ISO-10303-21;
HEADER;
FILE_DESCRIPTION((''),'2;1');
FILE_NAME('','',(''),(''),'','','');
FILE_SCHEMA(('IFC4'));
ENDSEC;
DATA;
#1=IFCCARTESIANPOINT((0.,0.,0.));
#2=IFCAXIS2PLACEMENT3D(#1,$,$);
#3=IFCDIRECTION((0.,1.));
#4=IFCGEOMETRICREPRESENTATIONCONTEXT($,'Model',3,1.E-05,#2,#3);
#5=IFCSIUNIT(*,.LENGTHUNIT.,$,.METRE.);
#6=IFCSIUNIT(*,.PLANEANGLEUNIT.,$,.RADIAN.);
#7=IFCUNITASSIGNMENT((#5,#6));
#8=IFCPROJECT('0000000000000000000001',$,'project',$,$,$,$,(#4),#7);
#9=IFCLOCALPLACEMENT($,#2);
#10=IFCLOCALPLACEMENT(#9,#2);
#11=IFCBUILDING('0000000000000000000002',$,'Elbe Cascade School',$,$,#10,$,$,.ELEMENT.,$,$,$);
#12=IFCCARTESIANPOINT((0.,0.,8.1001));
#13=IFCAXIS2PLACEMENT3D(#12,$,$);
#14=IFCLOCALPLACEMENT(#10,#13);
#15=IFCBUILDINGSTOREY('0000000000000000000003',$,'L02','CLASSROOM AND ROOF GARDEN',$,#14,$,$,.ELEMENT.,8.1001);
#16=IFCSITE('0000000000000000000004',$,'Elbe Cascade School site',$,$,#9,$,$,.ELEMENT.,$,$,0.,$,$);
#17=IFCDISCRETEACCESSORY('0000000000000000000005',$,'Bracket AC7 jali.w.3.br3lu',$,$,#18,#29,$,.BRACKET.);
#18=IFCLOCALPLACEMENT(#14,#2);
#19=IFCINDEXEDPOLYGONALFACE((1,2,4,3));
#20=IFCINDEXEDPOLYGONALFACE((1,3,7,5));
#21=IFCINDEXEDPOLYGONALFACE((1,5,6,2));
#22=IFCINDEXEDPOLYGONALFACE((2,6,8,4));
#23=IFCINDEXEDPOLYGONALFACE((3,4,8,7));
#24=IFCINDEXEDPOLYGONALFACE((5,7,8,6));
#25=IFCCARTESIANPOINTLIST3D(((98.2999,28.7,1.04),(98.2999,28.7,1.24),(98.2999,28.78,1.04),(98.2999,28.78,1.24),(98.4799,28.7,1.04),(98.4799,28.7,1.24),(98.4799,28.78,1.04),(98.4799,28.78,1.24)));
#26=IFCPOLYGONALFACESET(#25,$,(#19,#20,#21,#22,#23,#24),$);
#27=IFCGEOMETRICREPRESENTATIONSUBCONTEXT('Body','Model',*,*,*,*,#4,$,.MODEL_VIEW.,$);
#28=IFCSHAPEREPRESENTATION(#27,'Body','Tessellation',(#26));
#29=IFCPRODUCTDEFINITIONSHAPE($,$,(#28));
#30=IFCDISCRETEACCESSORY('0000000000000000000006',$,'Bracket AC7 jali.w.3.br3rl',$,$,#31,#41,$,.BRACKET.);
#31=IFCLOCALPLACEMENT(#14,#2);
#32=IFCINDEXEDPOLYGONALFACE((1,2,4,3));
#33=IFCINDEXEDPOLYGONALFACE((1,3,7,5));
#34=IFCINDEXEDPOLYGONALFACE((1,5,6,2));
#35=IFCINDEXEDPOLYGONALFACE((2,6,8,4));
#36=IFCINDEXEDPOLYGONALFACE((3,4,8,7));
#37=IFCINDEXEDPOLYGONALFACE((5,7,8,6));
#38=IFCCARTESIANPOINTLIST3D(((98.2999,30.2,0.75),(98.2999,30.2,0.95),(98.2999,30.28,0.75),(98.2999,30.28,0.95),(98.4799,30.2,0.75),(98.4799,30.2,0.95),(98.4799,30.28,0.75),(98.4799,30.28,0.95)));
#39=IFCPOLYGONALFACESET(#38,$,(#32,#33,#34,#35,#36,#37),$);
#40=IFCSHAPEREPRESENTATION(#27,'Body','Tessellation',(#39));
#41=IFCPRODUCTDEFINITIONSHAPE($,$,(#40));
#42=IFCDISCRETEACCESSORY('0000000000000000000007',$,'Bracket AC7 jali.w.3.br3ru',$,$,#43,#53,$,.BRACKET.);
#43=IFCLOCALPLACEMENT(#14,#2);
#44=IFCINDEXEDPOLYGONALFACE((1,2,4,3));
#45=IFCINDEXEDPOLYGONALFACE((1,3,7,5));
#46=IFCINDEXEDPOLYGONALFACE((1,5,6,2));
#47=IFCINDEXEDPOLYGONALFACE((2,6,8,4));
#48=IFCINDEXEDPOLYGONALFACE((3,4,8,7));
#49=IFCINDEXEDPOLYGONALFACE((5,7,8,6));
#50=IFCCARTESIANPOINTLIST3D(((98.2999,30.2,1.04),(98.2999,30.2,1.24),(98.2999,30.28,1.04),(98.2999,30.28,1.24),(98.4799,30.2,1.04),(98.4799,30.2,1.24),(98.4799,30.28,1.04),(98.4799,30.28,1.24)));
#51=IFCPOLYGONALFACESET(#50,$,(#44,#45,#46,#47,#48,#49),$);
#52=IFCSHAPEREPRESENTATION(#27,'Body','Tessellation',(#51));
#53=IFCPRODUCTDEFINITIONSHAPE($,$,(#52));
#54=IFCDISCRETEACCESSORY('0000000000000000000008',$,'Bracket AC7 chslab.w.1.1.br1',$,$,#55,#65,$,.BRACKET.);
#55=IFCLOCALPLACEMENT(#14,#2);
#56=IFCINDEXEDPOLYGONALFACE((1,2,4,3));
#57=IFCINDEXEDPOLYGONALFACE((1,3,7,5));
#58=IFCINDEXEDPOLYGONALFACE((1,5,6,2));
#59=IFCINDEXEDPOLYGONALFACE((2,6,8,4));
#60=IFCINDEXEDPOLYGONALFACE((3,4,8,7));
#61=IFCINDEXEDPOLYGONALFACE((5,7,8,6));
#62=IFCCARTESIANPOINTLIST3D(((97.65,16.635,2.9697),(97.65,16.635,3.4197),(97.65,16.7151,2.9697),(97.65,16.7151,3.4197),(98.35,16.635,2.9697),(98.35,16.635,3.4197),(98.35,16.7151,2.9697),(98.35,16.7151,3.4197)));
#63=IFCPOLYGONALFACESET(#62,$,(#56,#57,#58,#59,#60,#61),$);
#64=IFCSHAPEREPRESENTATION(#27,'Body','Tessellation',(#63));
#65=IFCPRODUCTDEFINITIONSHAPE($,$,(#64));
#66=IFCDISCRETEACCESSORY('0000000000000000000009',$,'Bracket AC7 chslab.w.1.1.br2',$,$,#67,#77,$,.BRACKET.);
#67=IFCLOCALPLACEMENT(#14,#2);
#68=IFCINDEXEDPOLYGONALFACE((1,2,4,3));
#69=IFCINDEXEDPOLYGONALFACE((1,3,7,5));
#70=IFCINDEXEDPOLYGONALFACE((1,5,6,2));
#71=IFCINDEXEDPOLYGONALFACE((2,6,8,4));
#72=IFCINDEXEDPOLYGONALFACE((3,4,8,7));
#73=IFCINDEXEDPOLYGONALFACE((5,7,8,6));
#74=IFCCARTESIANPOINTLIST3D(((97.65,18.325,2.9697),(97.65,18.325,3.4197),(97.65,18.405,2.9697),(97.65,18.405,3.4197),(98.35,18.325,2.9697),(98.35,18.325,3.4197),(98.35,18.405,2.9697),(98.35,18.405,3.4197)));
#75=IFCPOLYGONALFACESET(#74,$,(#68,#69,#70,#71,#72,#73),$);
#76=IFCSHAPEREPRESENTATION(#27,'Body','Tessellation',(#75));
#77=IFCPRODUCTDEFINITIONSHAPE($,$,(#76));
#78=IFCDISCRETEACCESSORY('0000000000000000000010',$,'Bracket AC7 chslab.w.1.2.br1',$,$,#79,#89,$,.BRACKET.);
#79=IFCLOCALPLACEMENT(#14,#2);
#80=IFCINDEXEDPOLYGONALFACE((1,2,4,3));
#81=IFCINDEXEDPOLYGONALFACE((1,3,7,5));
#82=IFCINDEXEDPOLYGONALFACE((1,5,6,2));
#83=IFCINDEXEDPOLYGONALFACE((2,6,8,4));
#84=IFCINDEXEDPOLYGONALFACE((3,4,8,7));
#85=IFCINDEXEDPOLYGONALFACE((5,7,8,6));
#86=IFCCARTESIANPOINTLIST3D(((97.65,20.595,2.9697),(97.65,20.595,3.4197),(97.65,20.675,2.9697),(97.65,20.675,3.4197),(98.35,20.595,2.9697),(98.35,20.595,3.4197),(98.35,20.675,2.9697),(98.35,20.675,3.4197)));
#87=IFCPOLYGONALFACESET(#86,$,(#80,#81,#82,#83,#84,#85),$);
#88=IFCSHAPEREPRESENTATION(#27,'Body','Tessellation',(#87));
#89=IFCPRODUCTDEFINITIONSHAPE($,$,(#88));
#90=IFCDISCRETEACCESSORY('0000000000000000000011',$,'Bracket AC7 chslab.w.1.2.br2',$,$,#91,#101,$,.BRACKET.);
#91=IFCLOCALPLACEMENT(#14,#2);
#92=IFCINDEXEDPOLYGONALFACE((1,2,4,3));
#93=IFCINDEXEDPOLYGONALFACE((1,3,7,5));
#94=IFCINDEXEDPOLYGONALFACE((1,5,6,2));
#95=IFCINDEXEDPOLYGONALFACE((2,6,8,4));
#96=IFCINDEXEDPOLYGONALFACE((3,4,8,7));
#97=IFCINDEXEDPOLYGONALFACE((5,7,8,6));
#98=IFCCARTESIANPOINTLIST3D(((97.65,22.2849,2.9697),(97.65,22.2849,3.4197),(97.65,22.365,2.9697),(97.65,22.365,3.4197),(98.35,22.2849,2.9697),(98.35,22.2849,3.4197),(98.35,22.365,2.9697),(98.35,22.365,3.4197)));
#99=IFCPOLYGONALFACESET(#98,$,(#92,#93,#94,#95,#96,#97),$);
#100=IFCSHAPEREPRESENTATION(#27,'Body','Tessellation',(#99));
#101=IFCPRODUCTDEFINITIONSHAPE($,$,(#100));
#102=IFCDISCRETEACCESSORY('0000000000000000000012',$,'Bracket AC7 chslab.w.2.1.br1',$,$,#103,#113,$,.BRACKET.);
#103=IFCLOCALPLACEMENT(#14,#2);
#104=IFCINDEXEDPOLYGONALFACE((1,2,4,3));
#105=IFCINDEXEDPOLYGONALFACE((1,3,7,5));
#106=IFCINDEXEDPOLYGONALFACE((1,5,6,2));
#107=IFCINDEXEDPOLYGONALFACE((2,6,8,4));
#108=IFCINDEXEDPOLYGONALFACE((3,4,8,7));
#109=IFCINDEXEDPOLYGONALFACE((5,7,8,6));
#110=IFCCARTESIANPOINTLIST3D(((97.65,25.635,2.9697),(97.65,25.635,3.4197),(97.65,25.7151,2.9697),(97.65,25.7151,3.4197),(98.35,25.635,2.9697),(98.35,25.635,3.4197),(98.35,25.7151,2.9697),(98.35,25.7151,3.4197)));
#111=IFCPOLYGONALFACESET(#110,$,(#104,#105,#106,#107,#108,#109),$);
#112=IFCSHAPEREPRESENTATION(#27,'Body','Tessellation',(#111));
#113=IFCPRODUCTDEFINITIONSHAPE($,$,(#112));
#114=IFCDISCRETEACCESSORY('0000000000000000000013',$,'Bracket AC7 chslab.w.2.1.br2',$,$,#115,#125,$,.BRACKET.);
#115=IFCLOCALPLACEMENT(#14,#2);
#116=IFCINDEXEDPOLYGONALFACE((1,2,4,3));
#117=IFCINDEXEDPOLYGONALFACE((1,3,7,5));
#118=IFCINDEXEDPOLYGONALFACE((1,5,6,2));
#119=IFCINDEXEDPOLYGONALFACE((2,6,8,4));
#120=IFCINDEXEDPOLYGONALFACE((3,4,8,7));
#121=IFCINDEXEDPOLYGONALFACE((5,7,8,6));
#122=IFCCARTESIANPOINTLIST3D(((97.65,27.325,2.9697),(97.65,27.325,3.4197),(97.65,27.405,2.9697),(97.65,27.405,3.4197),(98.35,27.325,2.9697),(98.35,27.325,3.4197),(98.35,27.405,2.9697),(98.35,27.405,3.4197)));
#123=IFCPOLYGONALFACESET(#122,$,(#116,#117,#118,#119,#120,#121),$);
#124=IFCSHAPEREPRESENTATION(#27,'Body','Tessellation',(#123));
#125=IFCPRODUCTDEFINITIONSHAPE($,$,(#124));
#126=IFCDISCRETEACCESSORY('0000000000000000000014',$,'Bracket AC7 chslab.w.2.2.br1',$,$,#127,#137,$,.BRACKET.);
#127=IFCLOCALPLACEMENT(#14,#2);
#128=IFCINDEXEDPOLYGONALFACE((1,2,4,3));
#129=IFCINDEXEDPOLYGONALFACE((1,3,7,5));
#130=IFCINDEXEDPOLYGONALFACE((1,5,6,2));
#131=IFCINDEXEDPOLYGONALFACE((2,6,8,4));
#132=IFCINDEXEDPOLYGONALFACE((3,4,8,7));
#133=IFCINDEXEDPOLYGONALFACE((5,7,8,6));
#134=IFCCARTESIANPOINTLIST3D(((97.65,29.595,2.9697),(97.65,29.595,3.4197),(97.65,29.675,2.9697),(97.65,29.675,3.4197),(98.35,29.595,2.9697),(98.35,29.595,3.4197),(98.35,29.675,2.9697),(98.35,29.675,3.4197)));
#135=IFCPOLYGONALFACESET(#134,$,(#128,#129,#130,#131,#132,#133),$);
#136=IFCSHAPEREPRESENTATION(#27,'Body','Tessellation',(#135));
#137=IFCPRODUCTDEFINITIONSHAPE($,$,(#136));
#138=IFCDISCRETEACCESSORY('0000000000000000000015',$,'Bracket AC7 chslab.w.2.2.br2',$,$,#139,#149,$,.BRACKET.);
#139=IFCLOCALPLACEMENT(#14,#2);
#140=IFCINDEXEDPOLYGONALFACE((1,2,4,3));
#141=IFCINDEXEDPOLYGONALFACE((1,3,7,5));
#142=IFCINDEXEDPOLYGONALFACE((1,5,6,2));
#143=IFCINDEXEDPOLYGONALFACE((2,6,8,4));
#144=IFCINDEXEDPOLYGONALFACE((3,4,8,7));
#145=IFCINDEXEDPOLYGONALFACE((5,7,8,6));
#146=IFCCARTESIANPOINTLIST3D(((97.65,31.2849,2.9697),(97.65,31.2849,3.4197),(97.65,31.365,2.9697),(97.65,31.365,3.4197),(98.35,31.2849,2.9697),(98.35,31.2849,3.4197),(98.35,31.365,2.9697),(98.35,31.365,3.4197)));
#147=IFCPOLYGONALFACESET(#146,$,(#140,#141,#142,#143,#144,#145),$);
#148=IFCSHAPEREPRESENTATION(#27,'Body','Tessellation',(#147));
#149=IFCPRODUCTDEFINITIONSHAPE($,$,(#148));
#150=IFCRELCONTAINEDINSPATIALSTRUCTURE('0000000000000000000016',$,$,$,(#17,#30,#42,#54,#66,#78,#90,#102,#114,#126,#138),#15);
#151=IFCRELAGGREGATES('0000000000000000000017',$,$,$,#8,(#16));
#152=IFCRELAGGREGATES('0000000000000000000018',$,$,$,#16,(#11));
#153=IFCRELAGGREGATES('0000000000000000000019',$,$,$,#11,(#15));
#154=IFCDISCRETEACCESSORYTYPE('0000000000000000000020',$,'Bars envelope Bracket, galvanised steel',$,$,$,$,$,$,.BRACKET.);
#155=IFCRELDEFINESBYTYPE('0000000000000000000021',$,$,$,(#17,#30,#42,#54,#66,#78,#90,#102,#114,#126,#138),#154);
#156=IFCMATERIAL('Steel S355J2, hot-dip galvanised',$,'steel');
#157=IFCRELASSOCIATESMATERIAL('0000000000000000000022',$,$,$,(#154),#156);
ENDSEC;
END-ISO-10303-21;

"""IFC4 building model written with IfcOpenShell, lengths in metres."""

from ifc_helpers import new_model, si_unit, direction, frame, origin, origin_2d, place, context, subcontext, project, spatial, rectangle, extrude, material, type_object, element, save


model = new_model("IFC4")

# Units and contexts
model_context = context("Model", 3, precision=1e-05, world=origin(), true_north=direction((0.0, 1.0)))
body_context = subcontext(model_context, "Body", "Model", "MODEL_VIEW")
ifc_project = project(units=[si_unit("LENGTHUNIT", "METRE"), si_unit("PLANEANGLEUNIT", "RADIAN")], contexts=[model_context])

# Site, building, storey
site_placement = place(None, origin())
site = spatial("IfcSite", under=ifc_project, at=site_placement, Name="Elbe Cascade School site", CompositionType="ELEMENT", RefElevation=0.0)
building_placement = place(site_placement, origin())
building = spatial("IfcBuilding", under=site, at=building_placement, Name="Elbe Cascade School", CompositionType="ELEMENT")
storey_placement = place(building_placement, frame((0.0, 0.0, 8.1001)))
storey = spatial("IfcBuildingStorey", under=building, at=storey_placement, Name="L02", Description="CLASSROOM AND ROOF GARDEN", CompositionType="ELEMENT", Elevation=8.1001)

# Discrete accessories
ifc_material_1 = material(Name="Steel S355J2, hot-dip galvanised", Category="steel")
discrete_accessory_type = type_object("IfcDiscreteAccessoryType", Name="Bars envelope Bracket, galvanised steel", PredefinedType="BRACKET", material=ifc_material_1)
for number, where, z_axis, x_axis, name in (
    (1, (98.3899, 28.74, 1.04), (0.0, 0.0, 1.0), (0.0, 1.0, 0.0), "Bracket AC7 jali.w.3.br3lu"),
    (2, (98.3899, 30.24, 0.75), (0.0, 0.0, 1.0), (0.0, 1.0, 0.0), "Bracket AC7 jali.w.3.br3rl"),
    (3, (98.3899, 30.24, 1.04), (0.0, 0.0, 1.0), (0.0, 1.0, 0.0), "Bracket AC7 jali.w.3.br3ru"),
):
    element("IfcDiscreteAccessory", number, at=place(storey_placement, frame(where, z_axis=z_axis, x_axis=x_axis)), inside=storey, type_object=discrete_accessory_type, Name=name, PredefinedType="BRACKET", context=body_context, shape_type="SweptSolid", body=[
        extrude(rectangle(XDim=0.0801, YDim=0.1799, at=origin_2d()), origin(), (0.0, 0.0, 1.0), 0.2),
    ])
for number, where, z_axis, x_axis, name in (
    (4, (98.0, 16.675, 2.9697), (0.0, 0.0, 1.0), (0.0, 1.0, 0.0), "Bracket AC7 chslab.w.1.1.br1"),
    (5, (98.0, 18.365, 2.9697), (0.0, 0.0, 1.0), (0.0, 1.0, 0.0), "Bracket AC7 chslab.w.1.1.br2"),
    (6, (98.0, 20.635, 2.9697), (0.0, 0.0, 1.0), (0.0, 1.0, 0.0), "Bracket AC7 chslab.w.1.2.br1"),
    (7, (98.0, 22.325, 2.9697), (0.0, 0.0, 1.0), (0.0, 1.0, 0.0), "Bracket AC7 chslab.w.1.2.br2"),
    (8, (98.0, 25.675, 2.9697), (0.0, 0.0, 1.0), (0.0, 1.0, 0.0), "Bracket AC7 chslab.w.2.1.br1"),
    (9, (98.0, 27.365, 2.9697), (0.0, 0.0, 1.0), (0.0, 1.0, 0.0), "Bracket AC7 chslab.w.2.1.br2"),
    (10, (98.0, 29.635, 2.9697), (0.0, 0.0, 1.0), (0.0, 1.0, 0.0), "Bracket AC7 chslab.w.2.2.br1"),
    (11, (98.0, 31.325, 2.9697), (0.0, 0.0, 1.0), (0.0, 1.0, 0.0), "Bracket AC7 chslab.w.2.2.br2"),
):
    element("IfcDiscreteAccessory", number, at=place(storey_placement, frame(where, z_axis=z_axis, x_axis=x_axis)), inside=storey, type_object=discrete_accessory_type, Name=name, PredefinedType="BRACKET", context=body_context, shape_type="SweptSolid", body=[
        extrude(rectangle(XDim=0.0801, YDim=0.7, at=origin_2d()), origin(), (0.0, 0.0, 1.0), 0.45),
    ])

save(model, "model.ifc")
